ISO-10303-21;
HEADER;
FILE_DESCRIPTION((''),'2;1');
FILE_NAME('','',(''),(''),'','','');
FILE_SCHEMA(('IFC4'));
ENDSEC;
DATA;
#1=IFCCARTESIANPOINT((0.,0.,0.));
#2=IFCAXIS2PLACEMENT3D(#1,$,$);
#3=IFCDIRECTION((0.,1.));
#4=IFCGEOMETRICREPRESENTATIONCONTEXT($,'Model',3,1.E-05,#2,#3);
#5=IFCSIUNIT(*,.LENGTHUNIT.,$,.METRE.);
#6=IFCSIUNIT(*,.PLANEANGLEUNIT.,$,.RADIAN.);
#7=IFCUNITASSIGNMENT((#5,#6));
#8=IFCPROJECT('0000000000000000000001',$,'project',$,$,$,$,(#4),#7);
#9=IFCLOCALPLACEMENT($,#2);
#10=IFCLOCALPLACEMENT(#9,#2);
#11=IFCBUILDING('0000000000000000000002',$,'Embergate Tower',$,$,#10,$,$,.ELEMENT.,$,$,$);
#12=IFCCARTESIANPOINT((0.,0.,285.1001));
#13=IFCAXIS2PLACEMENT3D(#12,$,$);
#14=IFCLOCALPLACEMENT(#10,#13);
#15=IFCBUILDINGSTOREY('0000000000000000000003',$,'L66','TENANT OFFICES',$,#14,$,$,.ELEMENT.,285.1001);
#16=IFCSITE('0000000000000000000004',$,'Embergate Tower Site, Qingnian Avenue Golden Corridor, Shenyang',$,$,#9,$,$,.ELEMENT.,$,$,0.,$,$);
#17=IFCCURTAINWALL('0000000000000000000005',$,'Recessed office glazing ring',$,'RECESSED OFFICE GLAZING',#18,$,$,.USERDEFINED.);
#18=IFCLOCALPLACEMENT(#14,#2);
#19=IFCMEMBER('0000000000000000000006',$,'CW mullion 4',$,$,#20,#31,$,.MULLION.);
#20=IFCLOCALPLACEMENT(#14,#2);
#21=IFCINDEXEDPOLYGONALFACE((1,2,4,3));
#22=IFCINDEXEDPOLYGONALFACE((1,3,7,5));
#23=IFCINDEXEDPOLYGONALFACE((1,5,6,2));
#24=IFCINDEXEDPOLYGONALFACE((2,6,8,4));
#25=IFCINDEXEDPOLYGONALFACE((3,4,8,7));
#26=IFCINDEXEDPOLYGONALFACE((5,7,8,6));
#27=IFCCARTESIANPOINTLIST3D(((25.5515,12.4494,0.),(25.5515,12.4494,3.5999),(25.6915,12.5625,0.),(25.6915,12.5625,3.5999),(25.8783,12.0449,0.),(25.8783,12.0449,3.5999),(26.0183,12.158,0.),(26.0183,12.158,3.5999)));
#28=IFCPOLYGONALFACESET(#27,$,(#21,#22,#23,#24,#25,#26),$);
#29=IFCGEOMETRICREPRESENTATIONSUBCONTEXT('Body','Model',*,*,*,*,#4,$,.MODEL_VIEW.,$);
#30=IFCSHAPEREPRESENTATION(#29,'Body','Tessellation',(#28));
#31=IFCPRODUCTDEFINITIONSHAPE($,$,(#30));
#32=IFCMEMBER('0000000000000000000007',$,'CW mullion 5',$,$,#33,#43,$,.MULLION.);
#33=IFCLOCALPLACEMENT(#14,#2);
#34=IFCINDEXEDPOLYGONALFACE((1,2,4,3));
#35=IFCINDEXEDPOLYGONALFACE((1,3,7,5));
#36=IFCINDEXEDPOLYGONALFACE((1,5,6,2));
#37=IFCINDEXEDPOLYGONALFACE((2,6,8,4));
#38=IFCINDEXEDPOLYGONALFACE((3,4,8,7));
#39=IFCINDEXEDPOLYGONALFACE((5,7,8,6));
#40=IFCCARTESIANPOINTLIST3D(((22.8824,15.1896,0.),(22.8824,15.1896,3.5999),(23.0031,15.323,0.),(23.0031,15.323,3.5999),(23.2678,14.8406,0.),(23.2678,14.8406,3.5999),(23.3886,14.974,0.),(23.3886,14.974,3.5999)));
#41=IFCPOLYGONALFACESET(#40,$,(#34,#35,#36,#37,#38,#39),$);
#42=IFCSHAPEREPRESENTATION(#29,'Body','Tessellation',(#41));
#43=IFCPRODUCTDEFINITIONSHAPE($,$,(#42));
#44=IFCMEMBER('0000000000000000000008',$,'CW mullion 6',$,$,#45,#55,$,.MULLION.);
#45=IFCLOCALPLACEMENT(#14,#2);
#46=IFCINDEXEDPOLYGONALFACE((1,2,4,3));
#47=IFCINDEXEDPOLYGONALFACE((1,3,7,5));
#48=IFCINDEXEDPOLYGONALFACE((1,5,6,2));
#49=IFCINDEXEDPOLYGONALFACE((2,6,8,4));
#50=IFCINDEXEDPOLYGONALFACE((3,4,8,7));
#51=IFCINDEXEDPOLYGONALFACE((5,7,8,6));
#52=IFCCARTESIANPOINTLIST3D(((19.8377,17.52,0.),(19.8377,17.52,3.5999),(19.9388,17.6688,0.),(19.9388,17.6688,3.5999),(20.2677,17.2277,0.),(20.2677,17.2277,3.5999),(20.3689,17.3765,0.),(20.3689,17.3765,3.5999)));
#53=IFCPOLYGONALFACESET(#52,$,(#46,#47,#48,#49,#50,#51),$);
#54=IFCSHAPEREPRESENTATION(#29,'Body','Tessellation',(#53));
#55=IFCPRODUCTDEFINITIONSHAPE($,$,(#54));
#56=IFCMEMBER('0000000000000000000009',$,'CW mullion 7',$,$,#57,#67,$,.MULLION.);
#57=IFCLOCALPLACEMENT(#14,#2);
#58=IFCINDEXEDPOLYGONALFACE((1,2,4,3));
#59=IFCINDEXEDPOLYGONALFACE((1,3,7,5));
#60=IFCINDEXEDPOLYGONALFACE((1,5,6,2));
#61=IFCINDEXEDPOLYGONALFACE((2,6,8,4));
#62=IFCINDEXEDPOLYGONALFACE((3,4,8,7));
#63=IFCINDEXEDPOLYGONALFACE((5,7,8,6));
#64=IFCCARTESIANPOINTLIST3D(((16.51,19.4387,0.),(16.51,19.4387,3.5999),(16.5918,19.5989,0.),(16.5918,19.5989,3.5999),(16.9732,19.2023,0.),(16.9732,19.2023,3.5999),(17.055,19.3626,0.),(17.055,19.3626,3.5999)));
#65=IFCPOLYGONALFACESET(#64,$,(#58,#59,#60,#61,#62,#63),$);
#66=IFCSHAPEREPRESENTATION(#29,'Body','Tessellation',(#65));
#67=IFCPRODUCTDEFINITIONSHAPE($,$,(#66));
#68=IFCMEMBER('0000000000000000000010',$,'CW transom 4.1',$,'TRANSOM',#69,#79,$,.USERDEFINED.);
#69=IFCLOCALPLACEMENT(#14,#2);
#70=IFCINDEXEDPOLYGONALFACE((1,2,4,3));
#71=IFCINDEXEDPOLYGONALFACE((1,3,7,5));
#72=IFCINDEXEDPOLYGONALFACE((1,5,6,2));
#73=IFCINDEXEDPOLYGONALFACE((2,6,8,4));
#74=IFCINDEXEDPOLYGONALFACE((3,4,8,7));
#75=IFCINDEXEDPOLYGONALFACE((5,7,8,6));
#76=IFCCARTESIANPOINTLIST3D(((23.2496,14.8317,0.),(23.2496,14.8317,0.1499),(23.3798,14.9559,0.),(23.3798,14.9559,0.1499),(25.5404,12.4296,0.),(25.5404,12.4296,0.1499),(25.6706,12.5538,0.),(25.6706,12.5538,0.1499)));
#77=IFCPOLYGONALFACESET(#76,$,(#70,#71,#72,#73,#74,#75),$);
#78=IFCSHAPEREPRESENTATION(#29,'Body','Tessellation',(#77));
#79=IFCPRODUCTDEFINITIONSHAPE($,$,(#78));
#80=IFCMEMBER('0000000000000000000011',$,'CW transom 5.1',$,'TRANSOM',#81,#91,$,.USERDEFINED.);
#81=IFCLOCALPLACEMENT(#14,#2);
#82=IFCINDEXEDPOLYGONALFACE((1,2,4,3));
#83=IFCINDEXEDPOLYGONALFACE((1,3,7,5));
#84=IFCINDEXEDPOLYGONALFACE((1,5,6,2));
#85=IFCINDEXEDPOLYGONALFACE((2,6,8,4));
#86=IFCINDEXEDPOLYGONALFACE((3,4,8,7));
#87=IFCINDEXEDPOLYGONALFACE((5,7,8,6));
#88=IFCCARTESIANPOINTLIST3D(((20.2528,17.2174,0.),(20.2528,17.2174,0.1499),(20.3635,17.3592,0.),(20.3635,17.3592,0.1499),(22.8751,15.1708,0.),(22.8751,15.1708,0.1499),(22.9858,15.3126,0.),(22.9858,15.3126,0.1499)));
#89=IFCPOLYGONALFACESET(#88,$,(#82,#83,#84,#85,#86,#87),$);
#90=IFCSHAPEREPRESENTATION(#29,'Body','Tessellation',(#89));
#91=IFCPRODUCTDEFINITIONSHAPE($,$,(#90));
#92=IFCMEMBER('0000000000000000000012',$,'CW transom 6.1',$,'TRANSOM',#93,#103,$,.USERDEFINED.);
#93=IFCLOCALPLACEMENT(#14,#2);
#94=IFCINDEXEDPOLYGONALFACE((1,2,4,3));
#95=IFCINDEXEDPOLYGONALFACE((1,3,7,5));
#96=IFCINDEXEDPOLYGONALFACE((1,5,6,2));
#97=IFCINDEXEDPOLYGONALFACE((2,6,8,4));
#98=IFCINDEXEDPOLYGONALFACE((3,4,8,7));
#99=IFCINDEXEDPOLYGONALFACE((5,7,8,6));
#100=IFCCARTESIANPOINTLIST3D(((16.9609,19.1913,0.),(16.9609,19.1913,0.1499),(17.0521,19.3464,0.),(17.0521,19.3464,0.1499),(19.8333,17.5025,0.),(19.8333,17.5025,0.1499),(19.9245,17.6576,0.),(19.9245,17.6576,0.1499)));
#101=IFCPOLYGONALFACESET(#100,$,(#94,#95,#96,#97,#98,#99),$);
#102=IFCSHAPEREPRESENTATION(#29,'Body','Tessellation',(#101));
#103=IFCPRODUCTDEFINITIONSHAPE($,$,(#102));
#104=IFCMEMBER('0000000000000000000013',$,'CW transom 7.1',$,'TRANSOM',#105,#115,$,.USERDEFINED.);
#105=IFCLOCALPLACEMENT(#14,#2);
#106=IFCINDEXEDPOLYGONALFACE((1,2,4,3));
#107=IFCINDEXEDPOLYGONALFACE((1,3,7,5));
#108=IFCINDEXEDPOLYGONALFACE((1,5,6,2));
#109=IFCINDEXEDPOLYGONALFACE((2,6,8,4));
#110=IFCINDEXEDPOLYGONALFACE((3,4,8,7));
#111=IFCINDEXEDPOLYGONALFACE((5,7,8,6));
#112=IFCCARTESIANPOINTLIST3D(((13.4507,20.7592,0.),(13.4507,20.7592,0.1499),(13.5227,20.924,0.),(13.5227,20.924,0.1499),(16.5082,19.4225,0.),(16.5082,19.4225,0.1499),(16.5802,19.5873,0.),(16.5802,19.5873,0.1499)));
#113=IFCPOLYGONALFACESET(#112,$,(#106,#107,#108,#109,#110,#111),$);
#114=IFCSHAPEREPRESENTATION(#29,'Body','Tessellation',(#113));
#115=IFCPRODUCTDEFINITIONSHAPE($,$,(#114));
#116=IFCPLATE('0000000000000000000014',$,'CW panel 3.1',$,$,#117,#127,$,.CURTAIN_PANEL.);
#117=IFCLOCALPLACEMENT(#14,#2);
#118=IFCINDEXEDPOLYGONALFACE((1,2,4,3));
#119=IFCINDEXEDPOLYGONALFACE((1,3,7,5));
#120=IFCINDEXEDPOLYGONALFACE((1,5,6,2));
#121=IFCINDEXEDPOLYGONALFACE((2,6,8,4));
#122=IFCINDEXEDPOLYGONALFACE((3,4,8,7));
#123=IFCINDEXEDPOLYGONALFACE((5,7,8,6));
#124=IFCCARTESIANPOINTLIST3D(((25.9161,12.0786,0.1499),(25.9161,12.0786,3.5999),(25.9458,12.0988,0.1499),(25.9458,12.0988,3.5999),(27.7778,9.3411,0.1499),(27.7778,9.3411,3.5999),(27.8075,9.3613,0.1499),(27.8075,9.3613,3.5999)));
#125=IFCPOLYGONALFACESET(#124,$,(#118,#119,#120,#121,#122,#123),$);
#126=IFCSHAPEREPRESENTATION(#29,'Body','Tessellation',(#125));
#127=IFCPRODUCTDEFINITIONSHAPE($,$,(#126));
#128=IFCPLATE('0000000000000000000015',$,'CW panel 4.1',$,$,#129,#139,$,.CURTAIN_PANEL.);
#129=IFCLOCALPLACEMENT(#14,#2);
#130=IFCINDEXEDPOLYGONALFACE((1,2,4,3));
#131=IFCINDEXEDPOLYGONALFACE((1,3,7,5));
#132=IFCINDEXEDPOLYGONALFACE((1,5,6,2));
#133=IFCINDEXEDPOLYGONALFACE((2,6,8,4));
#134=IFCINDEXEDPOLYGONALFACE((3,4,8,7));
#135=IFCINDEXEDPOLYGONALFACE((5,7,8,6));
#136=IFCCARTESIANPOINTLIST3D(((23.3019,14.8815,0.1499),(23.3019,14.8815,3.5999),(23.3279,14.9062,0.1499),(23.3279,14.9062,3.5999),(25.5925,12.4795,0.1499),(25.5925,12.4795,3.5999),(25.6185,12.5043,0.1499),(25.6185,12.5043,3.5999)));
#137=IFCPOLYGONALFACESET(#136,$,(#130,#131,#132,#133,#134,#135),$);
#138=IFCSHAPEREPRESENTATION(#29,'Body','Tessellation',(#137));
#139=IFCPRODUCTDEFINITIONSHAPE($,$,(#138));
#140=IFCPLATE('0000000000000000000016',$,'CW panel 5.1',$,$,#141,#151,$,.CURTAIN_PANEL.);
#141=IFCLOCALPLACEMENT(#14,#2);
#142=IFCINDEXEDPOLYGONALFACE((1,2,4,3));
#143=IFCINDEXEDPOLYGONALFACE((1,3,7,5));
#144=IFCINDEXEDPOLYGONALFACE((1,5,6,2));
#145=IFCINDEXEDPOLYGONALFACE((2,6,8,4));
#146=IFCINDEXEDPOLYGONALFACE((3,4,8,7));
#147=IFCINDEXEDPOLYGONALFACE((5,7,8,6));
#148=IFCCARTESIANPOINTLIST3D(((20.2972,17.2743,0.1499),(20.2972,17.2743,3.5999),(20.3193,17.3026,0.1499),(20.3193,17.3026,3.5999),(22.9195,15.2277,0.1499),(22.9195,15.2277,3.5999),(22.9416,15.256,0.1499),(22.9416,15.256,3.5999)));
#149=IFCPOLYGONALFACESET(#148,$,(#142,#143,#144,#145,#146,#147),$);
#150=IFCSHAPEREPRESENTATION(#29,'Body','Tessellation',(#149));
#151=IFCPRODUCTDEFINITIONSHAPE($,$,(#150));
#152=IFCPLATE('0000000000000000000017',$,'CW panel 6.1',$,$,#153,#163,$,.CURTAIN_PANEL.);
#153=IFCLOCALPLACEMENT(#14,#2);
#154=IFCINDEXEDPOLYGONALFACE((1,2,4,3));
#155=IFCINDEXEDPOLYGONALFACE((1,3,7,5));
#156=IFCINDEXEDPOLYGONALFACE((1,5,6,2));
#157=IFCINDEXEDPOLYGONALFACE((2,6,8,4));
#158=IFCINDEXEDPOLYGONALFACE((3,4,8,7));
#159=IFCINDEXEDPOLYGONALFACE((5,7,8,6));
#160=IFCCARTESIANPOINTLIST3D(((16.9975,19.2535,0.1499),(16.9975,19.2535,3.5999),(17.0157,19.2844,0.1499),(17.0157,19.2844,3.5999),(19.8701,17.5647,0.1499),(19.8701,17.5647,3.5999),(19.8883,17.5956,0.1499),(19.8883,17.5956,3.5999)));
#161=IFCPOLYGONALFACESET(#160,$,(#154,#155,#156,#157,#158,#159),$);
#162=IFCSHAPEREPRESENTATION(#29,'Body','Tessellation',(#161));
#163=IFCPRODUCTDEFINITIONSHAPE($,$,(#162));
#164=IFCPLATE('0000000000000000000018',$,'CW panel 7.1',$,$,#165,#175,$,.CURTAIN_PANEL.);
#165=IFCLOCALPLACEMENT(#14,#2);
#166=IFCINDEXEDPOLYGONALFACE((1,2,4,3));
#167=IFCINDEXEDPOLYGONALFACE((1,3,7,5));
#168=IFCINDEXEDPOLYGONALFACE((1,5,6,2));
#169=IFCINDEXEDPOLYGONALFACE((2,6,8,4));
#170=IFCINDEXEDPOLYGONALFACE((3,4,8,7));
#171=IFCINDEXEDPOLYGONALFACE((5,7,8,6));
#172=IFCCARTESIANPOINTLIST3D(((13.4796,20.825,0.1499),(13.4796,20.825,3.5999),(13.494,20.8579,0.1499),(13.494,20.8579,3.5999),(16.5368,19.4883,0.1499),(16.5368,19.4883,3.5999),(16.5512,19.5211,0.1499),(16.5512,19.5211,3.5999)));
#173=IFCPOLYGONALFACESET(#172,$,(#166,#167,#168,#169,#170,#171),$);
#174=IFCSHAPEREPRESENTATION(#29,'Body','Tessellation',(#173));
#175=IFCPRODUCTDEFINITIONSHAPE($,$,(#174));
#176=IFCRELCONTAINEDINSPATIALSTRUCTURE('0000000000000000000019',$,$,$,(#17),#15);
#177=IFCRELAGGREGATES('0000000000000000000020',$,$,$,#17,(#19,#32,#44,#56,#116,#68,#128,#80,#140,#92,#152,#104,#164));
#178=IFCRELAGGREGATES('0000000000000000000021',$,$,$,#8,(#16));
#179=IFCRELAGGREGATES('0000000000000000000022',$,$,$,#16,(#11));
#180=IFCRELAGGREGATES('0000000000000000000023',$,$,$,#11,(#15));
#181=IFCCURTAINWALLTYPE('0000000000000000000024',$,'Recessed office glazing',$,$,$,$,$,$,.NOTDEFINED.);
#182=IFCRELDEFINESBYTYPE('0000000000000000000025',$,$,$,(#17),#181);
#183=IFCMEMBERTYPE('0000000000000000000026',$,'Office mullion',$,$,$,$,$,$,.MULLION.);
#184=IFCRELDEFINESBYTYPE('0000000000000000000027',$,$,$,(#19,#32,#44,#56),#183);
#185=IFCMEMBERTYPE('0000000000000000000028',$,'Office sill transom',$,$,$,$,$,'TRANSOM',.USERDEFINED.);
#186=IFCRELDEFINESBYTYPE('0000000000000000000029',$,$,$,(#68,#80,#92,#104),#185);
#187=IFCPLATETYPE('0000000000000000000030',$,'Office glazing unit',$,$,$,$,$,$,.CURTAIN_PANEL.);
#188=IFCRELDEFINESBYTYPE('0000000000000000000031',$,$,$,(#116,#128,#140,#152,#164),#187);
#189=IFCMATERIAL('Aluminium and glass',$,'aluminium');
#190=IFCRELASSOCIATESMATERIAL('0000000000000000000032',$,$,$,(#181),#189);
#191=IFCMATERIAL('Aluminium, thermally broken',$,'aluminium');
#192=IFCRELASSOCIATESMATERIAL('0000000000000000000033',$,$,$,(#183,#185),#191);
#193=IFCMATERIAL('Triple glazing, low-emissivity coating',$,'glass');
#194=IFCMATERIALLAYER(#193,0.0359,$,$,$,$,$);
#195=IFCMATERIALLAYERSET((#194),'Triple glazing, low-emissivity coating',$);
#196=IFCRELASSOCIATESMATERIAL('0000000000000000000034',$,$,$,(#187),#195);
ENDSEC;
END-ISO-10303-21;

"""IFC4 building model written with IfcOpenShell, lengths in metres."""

from ifc_helpers import new_model, si_unit, direction, frame, origin, origin_2d, place, context, subcontext, project, spatial, rectangle, extrude, source, transform, mapped, material, layer, layer_set, material_profile, profile_set, type_object, element, aggregate, save


model = new_model("IFC4")

# Units and contexts
model_context = context("Model", 3, precision=1e-05, world=origin(), true_north=direction((0.0, 1.0)))
body_context = subcontext(model_context, "Body", "Model", "MODEL_VIEW")
ifc_project = project(units=[si_unit("LENGTHUNIT", "METRE"), si_unit("PLANEANGLEUNIT", "RADIAN")], contexts=[model_context])

# Site, building, storey
site_placement = place(None, origin())
site = spatial("IfcSite", under=ifc_project, at=site_placement, Name="Embergate Tower Site, Qingnian Avenue Golden Corridor, Shenyang", CompositionType="ELEMENT", RefElevation=0.0)
building_placement = place(site_placement, origin())
building = spatial("IfcBuilding", under=site, at=building_placement, Name="Embergate Tower", CompositionType="ELEMENT")
storey_placement = place(building_placement, frame((0.0, 0.0, 285.1001)))
storey = spatial("IfcBuildingStorey", under=building, at=storey_placement, Name="L66", Description="TENANT OFFICES", CompositionType="ELEMENT", Elevation=285.1001)

# Curtain wall, members, plates
ifc_material_1 = material(Name="Aluminium and glass", Category="aluminium")
curtain_wall_type = type_object("IfcCurtainWallType", Name="Recessed office glazing", PredefinedType="NOTDEFINED", material=ifc_material_1)
curtain_wall_placement = place(storey_placement, origin())
curtain_wall = element("IfcCurtainWall", 1, at=curtain_wall_placement, inside=storey, type_object=curtain_wall_type, Name="Recessed office glazing ring", ObjectType="RECESSED OFFICE GLAZING", PredefinedType="USERDEFINED")
ifc_material_2 = material(Name="Aluminium, thermally broken", Category="aluminium")
ifc_material_profile_1 = material_profile(ifc_material_2, rectangle(XDim=0.1799, YDim=0.52, at=origin_2d()), Name="AL 520x180")
ifc_profile_set_1 = profile_set([ifc_material_profile_1], Name="Aluminium, thermally broken")
member_type_1 = type_object("IfcMemberType", Name="Office mullion", PredefinedType="MULLION", material=ifc_profile_set_1)
shared_shape_1 = source(origin(), body_context, "Body", "SweptSolid", [
    extrude(rectangle(XDim=0.1799, YDim=0.52, at=origin_2d()), origin(), (0.0, 0.0, 1.0), 3.5999),
])
member_1_placement = place(storey_placement, frame((25.7849, 12.3037, 0.0), z_axis=(0.0, 0.0, 1.0), x_axis=(-0.777856, -0.628442, 0.0)))
member_1 = element("IfcMember", 2, at=member_1_placement, type_object=member_type_1, Name="CW mullion 4", PredefinedType="MULLION", context=body_context, shape_type="MappedRepresentation", body=[
    mapped(shared_shape_1, transform((0.0, 0.0, 0.0))),
])
member_2_placement = place(storey_placement, frame((23.1355, 15.0818, 0.0), z_axis=(0.0, 0.0, 1.0), x_axis=(-0.67121, -0.741268, 0.0)))
member_2 = element("IfcMember", 3, at=member_2_placement, type_object=member_type_1, Name="CW mullion 5", PredefinedType="MULLION", context=body_context, shape_type="MappedRepresentation", body=[
    mapped(shared_shape_1, transform((0.0, 0.0, 0.0))),
])
member_3_placement = place(storey_placement, frame((20.1033, 17.4482, 0.0), z_axis=(0.0, 0.0, 1.0), x_axis=(-0.562202, -0.827, 0.0)))
member_3 = element("IfcMember", 4, at=member_3_placement, type_object=member_type_1, Name="CW mullion 6", PredefinedType="MULLION", context=body_context, shape_type="MappedRepresentation", body=[
    mapped(shared_shape_1, transform((0.0, 0.0, 0.0))),
])
member_4_placement = place(storey_placement, frame((16.7825, 19.4006, 0.0), z_axis=(0.0, 0.0, 1.0), x_axis=(-0.454499, -0.890747, 0.0)))
member_4 = element("IfcMember", 5, at=member_4_placement, type_object=member_type_1, Name="CW mullion 7", PredefinedType="MULLION", context=body_context, shape_type="MappedRepresentation", body=[
    mapped(shared_shape_1, transform((0.0, 0.0, 0.0))),
])
ifc_material_profile_2 = material_profile(ifc_material_2, rectangle(XDim=0.1799, YDim=0.1499, at=origin_2d()), Name="AL 150x180")
ifc_profile_set_2 = profile_set([ifc_material_profile_2], Name="Aluminium, thermally broken")
member_type_2 = type_object("IfcMemberType", Name="Office sill transom", ElementType="TRANSOM", PredefinedType="USERDEFINED", material=ifc_profile_set_2)
shared_shape_2 = source(origin(), body_context, "Body", "SweptSolid", [
    extrude(rectangle(XDim=0.1799, YDim=0.1499, at=origin_2d()), origin(), (0.0, 0.0, 1.0), 3.3193),
])
member_5_placement = place(storey_placement, frame((25.6055, 12.4917, 0.075), z_axis=(-0.690138, 0.723678, 0.0), x_axis=(-0.723678, -0.690138, 0.0)))
member_5 = element("IfcMember", 6, at=member_5_placement, type_object=member_type_2, Name="CW transom 4.1", ObjectType="TRANSOM", PredefinedType="USERDEFINED", context=body_context, shape_type="MappedRepresentation", body=[
    mapped(shared_shape_2, transform((0.0, 0.0, 0.0))),
])
shared_shape_3 = source(origin(), body_context, "Body", "SweptSolid", [
    extrude(rectangle(XDim=0.1799, YDim=0.1499, at=origin_2d()), origin(), (0.0, 0.0, 1.0), 3.3264),
])
member_6_placement = place(storey_placement, frame((22.9304, 15.2417, 0.075), z_axis=(-0.788324, 0.615261, 0.0), x_axis=(-0.615261, -0.788324, 0.0)))
member_6 = element("IfcMember", 7, at=member_6_placement, type_object=member_type_2, Name="CW transom 5.1", ObjectType="TRANSOM", PredefinedType="USERDEFINED", context=body_context, shape_type="MappedRepresentation", body=[
    mapped(shared_shape_3, transform((0.0, 0.0, 0.0))),
])
shared_shape_4 = source(origin(), body_context, "Body", "SweptSolid", [
    extrude(rectangle(XDim=0.1799, YDim=0.1499, at=origin_2d()), origin(), (0.0, 0.0, 1.0), 3.332),
])
member_7_placement = place(storey_placement, frame((19.8789, 17.5801, 0.075), z_axis=(-0.862049, 0.506825, 0.0), x_axis=(-0.506825, -0.862049, 0.0)))
member_7 = element("IfcMember", 8, at=member_7_placement, type_object=member_type_2, Name="CW transom 6.1", ObjectType="TRANSOM", PredefinedType="USERDEFINED", context=body_context, shape_type="MappedRepresentation", body=[
    mapped(shared_shape_4, transform((0.0, 0.0, 0.0))),
])
shared_shape_5 = source(origin(), body_context, "Body", "SweptSolid", [
    extrude(rectangle(XDim=0.1799, YDim=0.1499, at=origin_2d()), origin(), (0.0, 0.0, 1.0), 3.3369),
])
member_8_placement = place(storey_placement, frame((16.5442, 19.5049, 0.075), z_axis=(-0.91626, 0.400585, 0.0), x_axis=(-0.400585, -0.91626, 0.0)))
member_8 = element("IfcMember", 9, at=member_8_placement, type_object=member_type_2, Name="CW transom 7.1", ObjectType="TRANSOM", PredefinedType="USERDEFINED", context=body_context, shape_type="MappedRepresentation", body=[
    mapped(shared_shape_5, transform((0.0, 0.0, 0.0))),
])
ifc_material_3 = material(Name="Triple glazing, low-emissivity coating", Category="glass")
ifc_layer_1 = layer(ifc_material_3, 0.0359)
ifc_layer_set_1 = layer_set([ifc_layer_1], Name="Triple glazing, low-emissivity coating")
plate_type = type_object("IfcPlateType", Name="Office glazing unit", PredefinedType="CURTAIN_PANEL", material=ifc_layer_set_1)
shared_shape_6 = source(origin(), body_context, "Body", "SweptSolid", [
    extrude(rectangle(XDim=3.3105, YDim=0.0359, at=origin_2d()), origin(), (0.0, 0.0, 1.0), 3.45),
])
plate_1_placement = place(storey_placement, frame((26.8618, 10.72, 0.1499), z_axis=(0.0, 0.0, 1.0), x_axis=(-0.562353, 0.826897, 0.0)))
plate_1 = element("IfcPlate", 10, at=plate_1_placement, type_object=plate_type, Name="CW panel 3.1", PredefinedType="CURTAIN_PANEL", context=body_context, shape_type="MappedRepresentation", body=[
    mapped(shared_shape_6, transform((0.0, 0.0, 0.0))),
])
shared_shape_7 = source(origin(), body_context, "Body", "SweptSolid", [
    extrude(rectangle(XDim=3.3191, YDim=0.0359, at=origin_2d()), origin(), (0.0, 0.0, 1.0), 3.45),
])
plate_2_placement = place(storey_placement, frame((24.4602, 13.6929, 0.1499), z_axis=(0.0, 0.0, 1.0), x_axis=(-0.690144, 0.723672, 0.0)))
plate_2 = element("IfcPlate", 11, at=plate_2_placement, type_object=plate_type, Name="CW panel 4.1", PredefinedType="CURTAIN_PANEL", context=body_context, shape_type="MappedRepresentation", body=[
    mapped(shared_shape_7, transform((0.0, 0.0, 0.0))),
])
shared_shape_8 = source(origin(), body_context, "Body", "SweptSolid", [
    extrude(rectangle(XDim=3.3264, YDim=0.0359, at=origin_2d()), origin(), (0.0, 0.0, 1.0), 3.45),
])
plate_3_placement = place(storey_placement, frame((21.6194, 16.2651, 0.1499), z_axis=(0.0, 0.0, 1.0), x_axis=(-0.788327, 0.615257, 0.0)))
plate_3 = element("IfcPlate", 12, at=plate_3_placement, type_object=plate_type, Name="CW panel 5.1", PredefinedType="CURTAIN_PANEL", context=body_context, shape_type="MappedRepresentation", body=[
    mapped(shared_shape_8, transform((0.0, 0.0, 0.0))),
])
shared_shape_9 = source(origin(), body_context, "Body", "SweptSolid", [
    extrude(rectangle(XDim=3.3323, YDim=0.0359, at=origin_2d()), origin(), (0.0, 0.0, 1.0), 3.45),
])
plate_4_placement = place(storey_placement, frame((18.4429, 18.4246, 0.1499), z_axis=(0.0, 0.0, 1.0), x_axis=(-0.862058, 0.50681, 0.0)))
plate_4 = element("IfcPlate", 13, at=plate_4_placement, type_object=plate_type, Name="CW panel 6.1", PredefinedType="CURTAIN_PANEL", context=body_context, shape_type="MappedRepresentation", body=[
    mapped(shared_shape_9, transform((0.0, 0.0, 0.0))),
])
shared_shape_10 = source(origin(), body_context, "Body", "SweptSolid", [
    extrude(rectangle(XDim=3.3367, YDim=0.0359, at=origin_2d()), origin(), (0.0, 0.0, 1.0), 3.45),
])
plate_5_placement = place(storey_placement, frame((15.0154, 20.1731, 0.1499), z_axis=(0.0, 0.0, 1.0), x_axis=(-0.916239, 0.400632, 0.0)))
plate_5 = element("IfcPlate", 14, at=plate_5_placement, type_object=plate_type, Name="CW panel 7.1", PredefinedType="CURTAIN_PANEL", context=body_context, shape_type="MappedRepresentation", body=[
    mapped(shared_shape_10, transform((0.0, 0.0, 0.0))),
])
aggregate(curtain_wall, [member_1, member_2, member_3, member_4, plate_1, member_5, plate_2, member_6, plate_3, member_7, plate_4, member_8, plate_5])

save(model, "model.ifc")
